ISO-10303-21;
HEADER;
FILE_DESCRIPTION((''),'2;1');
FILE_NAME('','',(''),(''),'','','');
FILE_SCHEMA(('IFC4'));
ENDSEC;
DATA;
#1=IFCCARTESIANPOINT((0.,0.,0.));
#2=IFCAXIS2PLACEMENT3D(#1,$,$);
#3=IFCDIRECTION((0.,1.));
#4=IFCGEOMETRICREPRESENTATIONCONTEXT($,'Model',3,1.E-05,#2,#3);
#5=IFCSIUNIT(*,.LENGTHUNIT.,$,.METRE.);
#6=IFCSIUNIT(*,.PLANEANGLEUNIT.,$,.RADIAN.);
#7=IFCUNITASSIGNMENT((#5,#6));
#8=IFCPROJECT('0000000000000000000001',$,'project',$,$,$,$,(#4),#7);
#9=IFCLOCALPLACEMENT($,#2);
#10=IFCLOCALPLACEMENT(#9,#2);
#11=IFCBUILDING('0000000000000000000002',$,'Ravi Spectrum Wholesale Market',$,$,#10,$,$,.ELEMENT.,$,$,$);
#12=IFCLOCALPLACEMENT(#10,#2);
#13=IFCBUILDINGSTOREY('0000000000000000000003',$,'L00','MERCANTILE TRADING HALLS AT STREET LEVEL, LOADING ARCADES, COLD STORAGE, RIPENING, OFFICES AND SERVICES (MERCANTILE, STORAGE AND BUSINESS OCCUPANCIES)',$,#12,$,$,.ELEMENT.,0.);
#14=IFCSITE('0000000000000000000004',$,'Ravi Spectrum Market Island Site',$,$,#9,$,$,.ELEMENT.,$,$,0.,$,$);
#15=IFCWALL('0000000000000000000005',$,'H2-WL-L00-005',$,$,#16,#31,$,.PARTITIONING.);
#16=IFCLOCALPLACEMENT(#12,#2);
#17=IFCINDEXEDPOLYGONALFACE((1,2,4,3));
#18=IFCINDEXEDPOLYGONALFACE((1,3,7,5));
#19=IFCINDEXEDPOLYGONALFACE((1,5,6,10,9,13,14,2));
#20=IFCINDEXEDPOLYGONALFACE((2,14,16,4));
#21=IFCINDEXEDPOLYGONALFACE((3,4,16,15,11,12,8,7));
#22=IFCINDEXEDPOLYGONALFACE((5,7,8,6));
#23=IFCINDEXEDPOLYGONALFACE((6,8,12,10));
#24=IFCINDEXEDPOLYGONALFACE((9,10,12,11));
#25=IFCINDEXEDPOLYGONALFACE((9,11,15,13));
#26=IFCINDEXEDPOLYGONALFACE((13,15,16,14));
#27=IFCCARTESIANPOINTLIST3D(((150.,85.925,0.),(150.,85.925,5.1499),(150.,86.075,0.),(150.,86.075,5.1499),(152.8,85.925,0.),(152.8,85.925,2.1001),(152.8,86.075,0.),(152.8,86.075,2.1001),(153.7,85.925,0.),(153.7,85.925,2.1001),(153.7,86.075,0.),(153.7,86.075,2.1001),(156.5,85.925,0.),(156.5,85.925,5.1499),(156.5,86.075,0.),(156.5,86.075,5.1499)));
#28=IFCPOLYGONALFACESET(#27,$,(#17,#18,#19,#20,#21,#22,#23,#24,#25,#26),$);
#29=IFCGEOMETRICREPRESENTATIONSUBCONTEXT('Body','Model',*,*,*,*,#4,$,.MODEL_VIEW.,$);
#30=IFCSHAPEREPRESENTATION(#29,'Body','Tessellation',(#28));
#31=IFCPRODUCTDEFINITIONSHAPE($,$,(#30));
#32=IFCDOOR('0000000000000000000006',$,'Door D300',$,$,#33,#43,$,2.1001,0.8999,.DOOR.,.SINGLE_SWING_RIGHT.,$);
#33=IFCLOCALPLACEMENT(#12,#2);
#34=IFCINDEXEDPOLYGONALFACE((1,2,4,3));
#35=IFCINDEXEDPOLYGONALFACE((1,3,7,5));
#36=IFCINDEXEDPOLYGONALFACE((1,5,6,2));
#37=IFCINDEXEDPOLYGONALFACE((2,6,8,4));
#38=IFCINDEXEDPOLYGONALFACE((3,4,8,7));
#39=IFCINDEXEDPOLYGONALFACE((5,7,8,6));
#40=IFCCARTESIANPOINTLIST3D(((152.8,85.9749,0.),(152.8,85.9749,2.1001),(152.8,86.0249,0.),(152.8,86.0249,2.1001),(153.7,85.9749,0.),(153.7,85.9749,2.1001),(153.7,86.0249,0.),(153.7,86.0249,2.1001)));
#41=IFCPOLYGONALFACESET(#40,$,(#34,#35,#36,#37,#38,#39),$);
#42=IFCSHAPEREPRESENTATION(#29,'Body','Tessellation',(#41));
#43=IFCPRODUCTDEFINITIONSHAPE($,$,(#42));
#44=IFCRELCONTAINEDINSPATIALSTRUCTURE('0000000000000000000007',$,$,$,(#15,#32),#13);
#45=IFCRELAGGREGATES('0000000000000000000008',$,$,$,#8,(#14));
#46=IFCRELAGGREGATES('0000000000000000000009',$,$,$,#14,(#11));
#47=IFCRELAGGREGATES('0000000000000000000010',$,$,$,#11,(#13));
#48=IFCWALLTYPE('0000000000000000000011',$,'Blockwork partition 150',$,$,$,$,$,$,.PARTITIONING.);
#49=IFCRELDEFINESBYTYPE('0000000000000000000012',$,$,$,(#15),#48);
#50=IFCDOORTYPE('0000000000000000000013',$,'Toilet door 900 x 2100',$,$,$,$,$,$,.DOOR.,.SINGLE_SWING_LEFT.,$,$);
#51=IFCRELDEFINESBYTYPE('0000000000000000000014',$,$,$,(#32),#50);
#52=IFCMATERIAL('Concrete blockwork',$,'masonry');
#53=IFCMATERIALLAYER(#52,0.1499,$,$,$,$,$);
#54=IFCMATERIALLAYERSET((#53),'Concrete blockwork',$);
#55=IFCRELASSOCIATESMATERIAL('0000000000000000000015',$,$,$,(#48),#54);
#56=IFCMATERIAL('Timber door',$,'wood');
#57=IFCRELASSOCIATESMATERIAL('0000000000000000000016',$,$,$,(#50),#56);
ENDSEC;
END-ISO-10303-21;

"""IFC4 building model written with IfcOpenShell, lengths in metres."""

from ifc_helpers import new_model, si_unit, direction, frame, frame_2d, origin, place, context, subcontext, project, spatial, rectangle, extrude, material, layer, layer_set, type_object, element, fill, save


model = new_model("IFC4")

# Units and contexts
model_context = context("Model", 3, precision=1e-05, world=origin(), true_north=direction((0.0, 1.0)))
body_context = subcontext(model_context, "Body", "Model", "MODEL_VIEW")
ifc_project = project(units=[si_unit("LENGTHUNIT", "METRE"), si_unit("PLANEANGLEUNIT", "RADIAN")], contexts=[model_context])

# Site, building, storey
site_placement = place(None, origin())
site = spatial("IfcSite", under=ifc_project, at=site_placement, Name="Ravi Spectrum Market Island Site", CompositionType="ELEMENT", RefElevation=0.0)
building_placement = place(site_placement, origin())
building = spatial("IfcBuilding", under=site, at=building_placement, Name="Ravi Spectrum Wholesale Market", CompositionType="ELEMENT")
storey_placement = place(building_placement, origin())
storey = spatial("IfcBuildingStorey", under=building, at=storey_placement, Name="L00", Description="MERCANTILE TRADING HALLS AT STREET LEVEL, LOADING ARCADES, COLD STORAGE, RIPENING, OFFICES AND SERVICES (MERCANTILE, STORAGE AND BUSINESS OCCUPANCIES)", CompositionType="ELEMENT", Elevation=0.0)

# Wall, opening, door
ifc_material_1 = material(Name="Concrete blockwork", Category="masonry")
ifc_layer_1 = layer(ifc_material_1, 0.1499)
ifc_layer_set_1 = layer_set([ifc_layer_1], Name="Concrete blockwork")
wall_type_1 = type_object("IfcWallType", Name="Blockwork partition 150", PredefinedType="PARTITIONING", material=ifc_layer_set_1)
wall_1_placement = place(storey_placement, frame((150.0, 86.0, 0.0), z_axis=(0.0, 0.0, 1.0), x_axis=(1.0, 0.0, 0.0)))
wall_1 = element("IfcWall", 1, at=wall_1_placement, inside=storey, type_object=wall_type_1, Name="H2-WL-L00-005", PredefinedType="PARTITIONING", context=body_context, shape_type="SweptSolid", body=[
    extrude(rectangle(XDim=6.5, YDim=0.1499, at=frame_2d((3.25, 0.0))), origin(), (0.0, 0.0, 1.0), 5.1499),
])
opening_1_placement = place(wall_1_placement, frame((2.8, 0.0, 0.0)))
opening_1 = element("IfcOpeningElement", 2, at=opening_1_placement, cuts=wall_1, PredefinedType="OPENING", context=body_context, shape_type="SweptSolid", body=[
    extrude(rectangle(XDim=0.8999, YDim=2.1001, at=frame_2d((0.45, 1.05))), frame((0.0, 0.085, 0.0), z_axis=(0.0, -1.0, 0.0), x_axis=(1.0, 0.0, 0.0)), (0.0, 0.0, 1.0), 0.1699),
])
ifc_material_2 = material(Name="Timber door", Category="wood")
door_type_1 = type_object("IfcDoorType", Name="Toilet door 900 x 2100", OperationType="SINGLE_SWING_LEFT", PredefinedType="DOOR", material=ifc_material_2)
door_1_placement = place(opening_1_placement, origin())
door_1 = element("IfcDoor", 3, at=door_1_placement, inside=storey, type_object=door_type_1, Name="Door D300", OperationType="SINGLE_SWING_RIGHT", OverallHeight=2.1001, OverallWidth=0.8999, PredefinedType="DOOR", context=body_context, shape_type="SweptSolid", body=[
    extrude(rectangle(XDim=0.8999, YDim=2.1001, at=frame_2d((0.45, 1.05))), frame((0.0, 0.0249, 0.0), z_axis=(0.0, -1.0, 0.0), x_axis=(1.0, 0.0, 0.0)), (0.0, 0.0, 1.0), 0.05),
])
fill(opening_1, door_1)

save(model, "model.ifc")
